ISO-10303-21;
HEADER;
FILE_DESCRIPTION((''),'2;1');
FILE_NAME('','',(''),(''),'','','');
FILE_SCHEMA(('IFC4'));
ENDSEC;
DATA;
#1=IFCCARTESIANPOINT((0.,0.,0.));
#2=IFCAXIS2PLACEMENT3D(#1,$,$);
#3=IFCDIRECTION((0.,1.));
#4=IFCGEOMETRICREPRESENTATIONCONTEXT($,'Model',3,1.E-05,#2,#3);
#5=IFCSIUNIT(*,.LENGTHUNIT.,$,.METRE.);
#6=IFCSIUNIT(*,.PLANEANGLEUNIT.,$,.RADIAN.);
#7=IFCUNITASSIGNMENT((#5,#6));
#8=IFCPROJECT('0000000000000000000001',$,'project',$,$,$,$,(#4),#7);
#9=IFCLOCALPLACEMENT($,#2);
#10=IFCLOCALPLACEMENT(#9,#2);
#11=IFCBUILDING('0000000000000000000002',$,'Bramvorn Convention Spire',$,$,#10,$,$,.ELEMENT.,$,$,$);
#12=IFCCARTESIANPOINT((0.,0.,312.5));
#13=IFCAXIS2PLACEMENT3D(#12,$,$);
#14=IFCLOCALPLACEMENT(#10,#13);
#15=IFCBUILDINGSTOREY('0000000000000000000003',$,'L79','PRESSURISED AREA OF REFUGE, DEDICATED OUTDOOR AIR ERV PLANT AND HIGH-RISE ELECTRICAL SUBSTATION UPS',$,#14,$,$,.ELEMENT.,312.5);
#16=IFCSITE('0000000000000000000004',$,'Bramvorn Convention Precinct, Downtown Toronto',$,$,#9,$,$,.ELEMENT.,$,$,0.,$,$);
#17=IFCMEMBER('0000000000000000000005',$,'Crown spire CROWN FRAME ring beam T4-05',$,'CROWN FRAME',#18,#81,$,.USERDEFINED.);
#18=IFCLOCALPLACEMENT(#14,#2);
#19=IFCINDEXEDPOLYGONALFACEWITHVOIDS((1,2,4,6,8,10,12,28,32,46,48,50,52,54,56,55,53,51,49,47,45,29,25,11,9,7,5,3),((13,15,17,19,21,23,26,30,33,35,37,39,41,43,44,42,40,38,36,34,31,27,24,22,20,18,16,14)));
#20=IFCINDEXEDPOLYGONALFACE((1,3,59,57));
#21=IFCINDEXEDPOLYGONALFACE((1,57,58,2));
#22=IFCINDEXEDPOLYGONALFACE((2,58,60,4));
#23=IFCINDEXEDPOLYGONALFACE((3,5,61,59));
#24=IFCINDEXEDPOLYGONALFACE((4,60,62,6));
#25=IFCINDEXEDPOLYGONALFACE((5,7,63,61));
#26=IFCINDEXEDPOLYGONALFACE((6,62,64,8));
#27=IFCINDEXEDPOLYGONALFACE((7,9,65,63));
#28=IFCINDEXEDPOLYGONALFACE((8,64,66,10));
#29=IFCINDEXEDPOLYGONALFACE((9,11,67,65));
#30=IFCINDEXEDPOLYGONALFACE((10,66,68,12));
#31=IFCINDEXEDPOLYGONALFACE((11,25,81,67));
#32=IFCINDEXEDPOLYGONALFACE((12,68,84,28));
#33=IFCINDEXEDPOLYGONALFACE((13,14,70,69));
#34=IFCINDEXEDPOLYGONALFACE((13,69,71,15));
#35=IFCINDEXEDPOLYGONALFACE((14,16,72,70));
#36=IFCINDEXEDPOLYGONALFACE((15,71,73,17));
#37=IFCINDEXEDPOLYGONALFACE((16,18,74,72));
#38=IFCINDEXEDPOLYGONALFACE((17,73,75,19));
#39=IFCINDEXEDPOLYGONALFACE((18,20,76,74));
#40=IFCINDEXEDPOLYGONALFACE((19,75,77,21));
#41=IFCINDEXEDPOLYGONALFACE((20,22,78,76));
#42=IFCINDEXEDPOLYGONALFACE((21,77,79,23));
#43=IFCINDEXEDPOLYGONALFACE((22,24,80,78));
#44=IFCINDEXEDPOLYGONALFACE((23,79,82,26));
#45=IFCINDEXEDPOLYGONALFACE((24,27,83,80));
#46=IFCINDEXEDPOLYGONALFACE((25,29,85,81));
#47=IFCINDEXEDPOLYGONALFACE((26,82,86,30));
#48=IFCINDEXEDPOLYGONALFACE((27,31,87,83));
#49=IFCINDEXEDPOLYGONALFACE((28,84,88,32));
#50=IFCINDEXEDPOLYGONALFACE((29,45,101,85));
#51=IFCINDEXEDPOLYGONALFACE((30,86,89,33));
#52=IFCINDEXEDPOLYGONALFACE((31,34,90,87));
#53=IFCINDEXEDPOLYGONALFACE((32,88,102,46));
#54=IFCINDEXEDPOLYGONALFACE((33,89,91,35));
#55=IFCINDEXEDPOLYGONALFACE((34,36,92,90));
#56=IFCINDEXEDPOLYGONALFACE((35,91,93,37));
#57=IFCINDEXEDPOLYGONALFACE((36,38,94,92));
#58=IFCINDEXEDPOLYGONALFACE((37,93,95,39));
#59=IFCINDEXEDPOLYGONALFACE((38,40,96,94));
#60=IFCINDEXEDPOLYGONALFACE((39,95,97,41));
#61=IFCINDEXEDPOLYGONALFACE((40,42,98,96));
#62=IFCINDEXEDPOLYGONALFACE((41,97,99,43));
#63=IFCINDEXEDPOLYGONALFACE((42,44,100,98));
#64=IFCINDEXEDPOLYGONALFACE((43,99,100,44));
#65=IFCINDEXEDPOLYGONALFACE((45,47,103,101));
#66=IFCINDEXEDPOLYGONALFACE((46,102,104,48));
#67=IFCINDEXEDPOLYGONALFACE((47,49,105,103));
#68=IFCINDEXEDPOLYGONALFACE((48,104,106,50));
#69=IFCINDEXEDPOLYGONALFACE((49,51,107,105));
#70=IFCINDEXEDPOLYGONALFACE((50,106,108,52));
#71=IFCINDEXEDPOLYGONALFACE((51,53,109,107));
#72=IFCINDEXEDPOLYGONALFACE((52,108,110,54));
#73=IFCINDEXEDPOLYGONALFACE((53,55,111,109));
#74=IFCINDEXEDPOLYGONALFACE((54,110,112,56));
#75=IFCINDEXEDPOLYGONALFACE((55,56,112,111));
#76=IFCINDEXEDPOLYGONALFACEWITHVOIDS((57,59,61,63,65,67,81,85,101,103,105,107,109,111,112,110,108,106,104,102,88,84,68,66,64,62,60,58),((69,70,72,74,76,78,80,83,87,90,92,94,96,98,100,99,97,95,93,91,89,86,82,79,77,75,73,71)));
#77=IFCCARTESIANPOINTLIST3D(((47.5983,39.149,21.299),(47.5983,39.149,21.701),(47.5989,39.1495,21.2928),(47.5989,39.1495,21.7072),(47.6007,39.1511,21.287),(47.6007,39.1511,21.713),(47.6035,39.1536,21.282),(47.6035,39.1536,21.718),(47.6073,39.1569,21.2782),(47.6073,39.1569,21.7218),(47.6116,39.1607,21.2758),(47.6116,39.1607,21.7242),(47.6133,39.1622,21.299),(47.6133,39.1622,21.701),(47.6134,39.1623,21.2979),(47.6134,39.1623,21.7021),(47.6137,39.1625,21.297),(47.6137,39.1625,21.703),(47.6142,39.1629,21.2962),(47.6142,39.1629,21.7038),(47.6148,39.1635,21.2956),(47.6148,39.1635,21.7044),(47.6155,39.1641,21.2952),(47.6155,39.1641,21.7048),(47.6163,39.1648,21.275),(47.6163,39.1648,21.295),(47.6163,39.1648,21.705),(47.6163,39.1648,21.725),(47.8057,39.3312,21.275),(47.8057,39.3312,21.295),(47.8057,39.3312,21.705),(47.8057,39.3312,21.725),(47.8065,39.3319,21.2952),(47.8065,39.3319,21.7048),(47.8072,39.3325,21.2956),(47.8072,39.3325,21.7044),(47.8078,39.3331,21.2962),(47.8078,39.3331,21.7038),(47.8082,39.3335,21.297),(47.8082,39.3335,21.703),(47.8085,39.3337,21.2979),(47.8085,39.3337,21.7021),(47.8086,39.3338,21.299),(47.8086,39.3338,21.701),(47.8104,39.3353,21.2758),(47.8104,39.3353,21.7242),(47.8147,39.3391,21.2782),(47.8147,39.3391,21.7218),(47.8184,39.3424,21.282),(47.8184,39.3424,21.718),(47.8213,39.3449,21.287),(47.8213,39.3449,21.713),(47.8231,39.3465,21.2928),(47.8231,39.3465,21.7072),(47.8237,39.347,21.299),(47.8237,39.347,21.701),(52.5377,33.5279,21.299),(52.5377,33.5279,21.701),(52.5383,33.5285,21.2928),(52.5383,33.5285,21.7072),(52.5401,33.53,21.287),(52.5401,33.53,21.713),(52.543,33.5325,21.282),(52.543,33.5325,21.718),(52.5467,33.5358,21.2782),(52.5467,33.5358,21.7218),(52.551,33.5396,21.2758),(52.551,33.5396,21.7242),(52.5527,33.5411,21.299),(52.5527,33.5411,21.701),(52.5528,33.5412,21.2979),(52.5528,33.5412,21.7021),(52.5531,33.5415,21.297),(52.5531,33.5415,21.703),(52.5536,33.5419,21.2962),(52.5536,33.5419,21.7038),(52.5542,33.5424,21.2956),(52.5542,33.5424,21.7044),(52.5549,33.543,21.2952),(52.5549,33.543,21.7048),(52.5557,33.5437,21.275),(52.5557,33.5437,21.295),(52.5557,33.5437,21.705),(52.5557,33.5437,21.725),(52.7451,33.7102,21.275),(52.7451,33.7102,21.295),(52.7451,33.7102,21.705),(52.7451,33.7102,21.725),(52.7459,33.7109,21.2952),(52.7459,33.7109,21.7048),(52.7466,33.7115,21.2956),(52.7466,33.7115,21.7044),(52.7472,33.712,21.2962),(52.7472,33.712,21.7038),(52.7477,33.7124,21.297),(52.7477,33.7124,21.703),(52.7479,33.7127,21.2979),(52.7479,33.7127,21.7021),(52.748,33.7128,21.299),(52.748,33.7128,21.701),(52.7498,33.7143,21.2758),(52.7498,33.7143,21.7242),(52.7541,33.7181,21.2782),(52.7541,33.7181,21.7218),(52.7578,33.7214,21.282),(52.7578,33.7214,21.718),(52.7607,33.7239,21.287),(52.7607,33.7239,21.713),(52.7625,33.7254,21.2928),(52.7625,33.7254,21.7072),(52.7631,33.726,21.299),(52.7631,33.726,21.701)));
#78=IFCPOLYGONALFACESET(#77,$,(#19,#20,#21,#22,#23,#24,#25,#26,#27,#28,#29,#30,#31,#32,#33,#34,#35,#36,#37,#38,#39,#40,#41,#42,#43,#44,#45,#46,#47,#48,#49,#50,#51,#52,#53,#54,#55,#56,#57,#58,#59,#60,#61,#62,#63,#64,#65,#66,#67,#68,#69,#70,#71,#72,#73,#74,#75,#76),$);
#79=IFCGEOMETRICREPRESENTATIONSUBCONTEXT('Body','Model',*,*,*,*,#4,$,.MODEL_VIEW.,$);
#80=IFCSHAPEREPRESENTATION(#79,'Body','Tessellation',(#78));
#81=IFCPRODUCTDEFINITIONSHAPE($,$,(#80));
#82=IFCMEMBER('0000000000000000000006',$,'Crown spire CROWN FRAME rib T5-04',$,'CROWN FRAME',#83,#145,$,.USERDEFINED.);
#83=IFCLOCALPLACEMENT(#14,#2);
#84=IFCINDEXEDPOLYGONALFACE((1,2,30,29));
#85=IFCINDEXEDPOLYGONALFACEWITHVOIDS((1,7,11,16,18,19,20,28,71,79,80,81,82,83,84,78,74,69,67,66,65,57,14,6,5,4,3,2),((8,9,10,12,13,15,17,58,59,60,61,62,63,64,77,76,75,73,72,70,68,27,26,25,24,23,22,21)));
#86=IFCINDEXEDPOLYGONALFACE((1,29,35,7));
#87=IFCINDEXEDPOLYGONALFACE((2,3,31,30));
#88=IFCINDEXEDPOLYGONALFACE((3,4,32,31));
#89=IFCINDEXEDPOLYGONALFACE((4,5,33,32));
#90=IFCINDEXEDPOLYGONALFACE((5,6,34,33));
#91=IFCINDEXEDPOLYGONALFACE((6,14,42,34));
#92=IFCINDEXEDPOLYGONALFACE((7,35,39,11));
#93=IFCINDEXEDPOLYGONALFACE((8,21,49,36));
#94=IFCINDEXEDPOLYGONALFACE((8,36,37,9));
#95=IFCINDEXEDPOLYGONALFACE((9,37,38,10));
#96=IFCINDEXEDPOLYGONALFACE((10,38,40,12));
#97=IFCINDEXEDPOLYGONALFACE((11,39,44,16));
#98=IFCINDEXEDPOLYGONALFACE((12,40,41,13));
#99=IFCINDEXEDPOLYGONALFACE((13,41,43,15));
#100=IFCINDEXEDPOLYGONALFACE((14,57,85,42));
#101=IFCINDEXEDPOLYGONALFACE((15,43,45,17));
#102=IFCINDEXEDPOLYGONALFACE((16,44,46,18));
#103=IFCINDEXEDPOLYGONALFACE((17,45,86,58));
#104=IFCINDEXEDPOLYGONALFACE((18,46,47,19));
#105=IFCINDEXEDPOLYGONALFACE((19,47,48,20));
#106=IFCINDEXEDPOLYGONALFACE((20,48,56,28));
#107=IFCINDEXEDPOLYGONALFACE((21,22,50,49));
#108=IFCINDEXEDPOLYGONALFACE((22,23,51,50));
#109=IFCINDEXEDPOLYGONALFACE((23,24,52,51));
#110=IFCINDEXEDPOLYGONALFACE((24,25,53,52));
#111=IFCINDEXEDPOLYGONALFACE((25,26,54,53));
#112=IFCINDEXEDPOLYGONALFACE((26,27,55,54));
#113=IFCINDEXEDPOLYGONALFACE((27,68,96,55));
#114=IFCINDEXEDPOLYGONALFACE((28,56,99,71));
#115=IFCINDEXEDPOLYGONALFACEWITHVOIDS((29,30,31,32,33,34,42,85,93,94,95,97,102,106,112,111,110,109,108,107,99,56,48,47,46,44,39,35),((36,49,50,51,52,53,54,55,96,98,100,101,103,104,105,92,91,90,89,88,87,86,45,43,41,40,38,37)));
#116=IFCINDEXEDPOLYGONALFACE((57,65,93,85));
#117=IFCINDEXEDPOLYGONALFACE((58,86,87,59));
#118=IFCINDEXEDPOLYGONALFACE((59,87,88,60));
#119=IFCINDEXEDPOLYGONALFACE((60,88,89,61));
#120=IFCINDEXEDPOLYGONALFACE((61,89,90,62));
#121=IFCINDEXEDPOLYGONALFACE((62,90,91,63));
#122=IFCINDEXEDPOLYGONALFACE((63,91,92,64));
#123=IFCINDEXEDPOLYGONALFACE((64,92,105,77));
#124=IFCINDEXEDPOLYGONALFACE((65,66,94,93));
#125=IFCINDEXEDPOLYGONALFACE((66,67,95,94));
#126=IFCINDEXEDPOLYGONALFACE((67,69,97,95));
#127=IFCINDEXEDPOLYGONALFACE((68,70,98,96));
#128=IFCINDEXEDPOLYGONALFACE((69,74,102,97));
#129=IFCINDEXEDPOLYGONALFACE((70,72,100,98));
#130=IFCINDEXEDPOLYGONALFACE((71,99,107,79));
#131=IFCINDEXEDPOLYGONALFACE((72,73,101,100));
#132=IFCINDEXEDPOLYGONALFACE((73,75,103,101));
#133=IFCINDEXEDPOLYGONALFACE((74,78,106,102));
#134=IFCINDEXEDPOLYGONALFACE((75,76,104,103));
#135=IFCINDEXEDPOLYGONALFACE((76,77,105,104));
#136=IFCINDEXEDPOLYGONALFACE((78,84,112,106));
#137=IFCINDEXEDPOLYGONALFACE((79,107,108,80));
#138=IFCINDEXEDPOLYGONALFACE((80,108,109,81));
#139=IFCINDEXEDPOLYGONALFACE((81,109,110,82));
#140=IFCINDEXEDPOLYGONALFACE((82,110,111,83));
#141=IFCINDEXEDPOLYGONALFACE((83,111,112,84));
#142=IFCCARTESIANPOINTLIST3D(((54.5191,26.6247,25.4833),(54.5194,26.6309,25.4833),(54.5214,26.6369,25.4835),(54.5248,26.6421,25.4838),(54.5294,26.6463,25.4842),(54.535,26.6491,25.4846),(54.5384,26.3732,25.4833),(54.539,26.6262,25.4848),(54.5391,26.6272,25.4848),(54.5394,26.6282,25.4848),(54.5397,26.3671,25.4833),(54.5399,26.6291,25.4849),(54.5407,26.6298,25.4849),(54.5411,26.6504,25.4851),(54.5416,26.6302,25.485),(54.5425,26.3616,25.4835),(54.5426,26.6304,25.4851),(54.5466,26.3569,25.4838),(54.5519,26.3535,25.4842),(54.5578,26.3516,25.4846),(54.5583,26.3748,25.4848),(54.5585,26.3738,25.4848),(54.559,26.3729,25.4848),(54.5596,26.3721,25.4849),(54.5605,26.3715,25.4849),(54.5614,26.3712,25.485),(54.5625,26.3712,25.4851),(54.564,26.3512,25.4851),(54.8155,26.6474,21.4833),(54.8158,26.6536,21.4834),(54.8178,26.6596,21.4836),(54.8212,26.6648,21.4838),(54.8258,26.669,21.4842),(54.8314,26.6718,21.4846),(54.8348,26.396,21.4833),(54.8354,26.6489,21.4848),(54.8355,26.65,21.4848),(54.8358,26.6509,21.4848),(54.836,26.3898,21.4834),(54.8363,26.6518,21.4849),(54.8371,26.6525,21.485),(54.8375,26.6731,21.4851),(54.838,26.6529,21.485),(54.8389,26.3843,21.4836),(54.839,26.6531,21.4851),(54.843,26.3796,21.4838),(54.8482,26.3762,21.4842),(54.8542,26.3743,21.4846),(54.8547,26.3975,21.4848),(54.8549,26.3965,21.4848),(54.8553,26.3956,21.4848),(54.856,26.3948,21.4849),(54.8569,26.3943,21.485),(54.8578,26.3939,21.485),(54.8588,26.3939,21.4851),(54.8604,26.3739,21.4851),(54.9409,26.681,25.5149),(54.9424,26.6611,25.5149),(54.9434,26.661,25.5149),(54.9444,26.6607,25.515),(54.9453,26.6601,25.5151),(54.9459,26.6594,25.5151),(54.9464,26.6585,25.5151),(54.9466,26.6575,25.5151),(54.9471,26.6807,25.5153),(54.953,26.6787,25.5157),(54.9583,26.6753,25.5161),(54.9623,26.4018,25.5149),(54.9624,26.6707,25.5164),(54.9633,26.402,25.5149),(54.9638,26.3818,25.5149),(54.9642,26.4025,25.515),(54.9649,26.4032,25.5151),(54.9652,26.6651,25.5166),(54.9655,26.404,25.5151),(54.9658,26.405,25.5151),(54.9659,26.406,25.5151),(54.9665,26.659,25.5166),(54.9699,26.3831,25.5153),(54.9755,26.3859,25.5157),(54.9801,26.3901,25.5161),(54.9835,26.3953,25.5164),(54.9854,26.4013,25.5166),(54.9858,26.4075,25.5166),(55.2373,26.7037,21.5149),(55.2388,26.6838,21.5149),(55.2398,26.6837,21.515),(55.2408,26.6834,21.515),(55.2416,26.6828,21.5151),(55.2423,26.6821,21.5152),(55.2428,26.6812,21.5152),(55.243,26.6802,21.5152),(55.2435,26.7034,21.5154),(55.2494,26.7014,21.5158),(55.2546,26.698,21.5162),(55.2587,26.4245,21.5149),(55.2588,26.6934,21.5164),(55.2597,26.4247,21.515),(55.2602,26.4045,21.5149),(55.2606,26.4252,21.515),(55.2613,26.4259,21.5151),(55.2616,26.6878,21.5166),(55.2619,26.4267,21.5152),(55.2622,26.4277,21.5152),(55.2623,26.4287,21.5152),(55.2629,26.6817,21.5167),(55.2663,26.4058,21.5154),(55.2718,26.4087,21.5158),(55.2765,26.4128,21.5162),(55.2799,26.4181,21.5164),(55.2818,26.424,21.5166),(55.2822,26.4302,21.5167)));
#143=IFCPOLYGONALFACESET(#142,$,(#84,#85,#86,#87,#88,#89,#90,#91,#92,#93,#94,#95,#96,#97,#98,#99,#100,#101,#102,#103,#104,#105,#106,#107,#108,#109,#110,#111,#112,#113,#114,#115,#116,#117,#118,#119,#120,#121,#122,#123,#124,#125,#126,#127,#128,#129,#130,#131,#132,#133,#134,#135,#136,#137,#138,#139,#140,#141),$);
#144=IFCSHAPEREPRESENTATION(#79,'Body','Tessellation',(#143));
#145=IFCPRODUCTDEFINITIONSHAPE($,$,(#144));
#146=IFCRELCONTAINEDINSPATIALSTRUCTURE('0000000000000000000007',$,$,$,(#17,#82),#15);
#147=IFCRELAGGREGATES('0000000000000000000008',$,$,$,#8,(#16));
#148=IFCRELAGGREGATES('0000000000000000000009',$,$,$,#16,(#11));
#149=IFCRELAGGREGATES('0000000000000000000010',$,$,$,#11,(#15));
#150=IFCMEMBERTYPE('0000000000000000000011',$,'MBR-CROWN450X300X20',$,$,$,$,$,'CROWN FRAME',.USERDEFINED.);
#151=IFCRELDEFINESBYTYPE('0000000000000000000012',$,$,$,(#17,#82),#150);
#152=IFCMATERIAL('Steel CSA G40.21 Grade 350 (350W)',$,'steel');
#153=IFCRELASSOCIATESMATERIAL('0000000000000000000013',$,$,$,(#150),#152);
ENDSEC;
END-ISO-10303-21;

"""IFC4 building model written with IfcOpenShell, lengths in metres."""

from ifc_helpers import new_model, si_unit, direction, frame, origin, origin_2d, place, context, subcontext, project, spatial, hollow_rectangle, extrude, material, material_profile, profile_set, type_object, element, save


model = new_model("IFC4")

# Units and contexts
model_context = context("Model", 3, precision=1e-05, world=origin(), true_north=direction((0.0, 1.0)))
body_context = subcontext(model_context, "Body", "Model", "MODEL_VIEW")
ifc_project = project(units=[si_unit("LENGTHUNIT", "METRE"), si_unit("PLANEANGLEUNIT", "RADIAN")], contexts=[model_context])

# Site, building, storey
site_placement = place(None, origin())
site = spatial("IfcSite", under=ifc_project, at=site_placement, Name="Bramvorn Convention Precinct, Downtown Toronto", CompositionType="ELEMENT", RefElevation=0.0)
building_placement = place(site_placement, origin())
building = spatial("IfcBuilding", under=site, at=building_placement, Name="Bramvorn Convention Spire", CompositionType="ELEMENT")
storey_placement = place(building_placement, frame((0.0, 0.0, 312.5)))
storey = spatial("IfcBuildingStorey", under=building, at=storey_placement, Name="L79", Description="PRESSURISED AREA OF REFUGE, DEDICATED OUTDOOR AIR ERV PLANT AND HIGH-RISE ELECTRICAL SUBSTATION UPS", CompositionType="ELEMENT", Elevation=312.5)

# Members
ifc_material_1 = material(Name="Steel CSA G40.21 Grade 350 (350W)", Category="steel")
ifc_material_profile_1 = material_profile(ifc_material_1, hollow_rectangle(XDim=0.3, YDim=0.45, WallThickness=0.02, InnerFilletRadius=0.0039, OuterFilletRadius=0.0239, at=origin_2d()))
ifc_profile_set_1 = profile_set([ifc_material_profile_1], Name="Steel CSA G40.21 Grade 350 (350W) - CROWN450X300X20")
member_type_1 = type_object("IfcMemberType", Name="MBR-CROWN450X300X20", ElementType="CROWN FRAME", PredefinedType="USERDEFINED", material=ifc_profile_set_1)
member_1_placement = place(storey_placement, frame((52.6504, 33.627, 21.5), z_axis=(-0.660092, 0.751185, 0.0), x_axis=(-0.751185, -0.660092, 0.0)))
element("IfcMember", 1, at=member_1_placement, inside=storey, type_object=member_type_1, Name="Crown spire CROWN FRAME ring beam T4-05", ObjectType="CROWN FRAME", PredefinedType="USERDEFINED", context=body_context, shape_type="SweptSolid", body=[
    extrude(hollow_rectangle(XDim=0.3, YDim=0.45, WallThickness=0.02, InnerFilletRadius=0.0039, OuterFilletRadius=0.0239, at=origin_2d()), origin(), (0.0, 0.0, 1.0), 7.4829),
])
member_2_placement = place(storey_placement, frame((55.0488, 26.5388, 21.5), z_axis=(-0.073893, -0.005661, 0.99725), x_axis=(0.076382, -0.997079, 0.0)))
element("IfcMember", 2, at=member_2_placement, inside=storey, type_object=member_type_1, Name="Crown spire CROWN FRAME rib T5-04", ObjectType="CROWN FRAME", PredefinedType="USERDEFINED", context=body_context, shape_type="SweptSolid", body=[
    extrude(hollow_rectangle(XDim=0.3, YDim=0.45, WallThickness=0.02, InnerFilletRadius=0.0039, OuterFilletRadius=0.0239, at=origin_2d()), origin(), (0.0, 0.0, 1.0), 4.011),
])

save(model, "model.ifc")
